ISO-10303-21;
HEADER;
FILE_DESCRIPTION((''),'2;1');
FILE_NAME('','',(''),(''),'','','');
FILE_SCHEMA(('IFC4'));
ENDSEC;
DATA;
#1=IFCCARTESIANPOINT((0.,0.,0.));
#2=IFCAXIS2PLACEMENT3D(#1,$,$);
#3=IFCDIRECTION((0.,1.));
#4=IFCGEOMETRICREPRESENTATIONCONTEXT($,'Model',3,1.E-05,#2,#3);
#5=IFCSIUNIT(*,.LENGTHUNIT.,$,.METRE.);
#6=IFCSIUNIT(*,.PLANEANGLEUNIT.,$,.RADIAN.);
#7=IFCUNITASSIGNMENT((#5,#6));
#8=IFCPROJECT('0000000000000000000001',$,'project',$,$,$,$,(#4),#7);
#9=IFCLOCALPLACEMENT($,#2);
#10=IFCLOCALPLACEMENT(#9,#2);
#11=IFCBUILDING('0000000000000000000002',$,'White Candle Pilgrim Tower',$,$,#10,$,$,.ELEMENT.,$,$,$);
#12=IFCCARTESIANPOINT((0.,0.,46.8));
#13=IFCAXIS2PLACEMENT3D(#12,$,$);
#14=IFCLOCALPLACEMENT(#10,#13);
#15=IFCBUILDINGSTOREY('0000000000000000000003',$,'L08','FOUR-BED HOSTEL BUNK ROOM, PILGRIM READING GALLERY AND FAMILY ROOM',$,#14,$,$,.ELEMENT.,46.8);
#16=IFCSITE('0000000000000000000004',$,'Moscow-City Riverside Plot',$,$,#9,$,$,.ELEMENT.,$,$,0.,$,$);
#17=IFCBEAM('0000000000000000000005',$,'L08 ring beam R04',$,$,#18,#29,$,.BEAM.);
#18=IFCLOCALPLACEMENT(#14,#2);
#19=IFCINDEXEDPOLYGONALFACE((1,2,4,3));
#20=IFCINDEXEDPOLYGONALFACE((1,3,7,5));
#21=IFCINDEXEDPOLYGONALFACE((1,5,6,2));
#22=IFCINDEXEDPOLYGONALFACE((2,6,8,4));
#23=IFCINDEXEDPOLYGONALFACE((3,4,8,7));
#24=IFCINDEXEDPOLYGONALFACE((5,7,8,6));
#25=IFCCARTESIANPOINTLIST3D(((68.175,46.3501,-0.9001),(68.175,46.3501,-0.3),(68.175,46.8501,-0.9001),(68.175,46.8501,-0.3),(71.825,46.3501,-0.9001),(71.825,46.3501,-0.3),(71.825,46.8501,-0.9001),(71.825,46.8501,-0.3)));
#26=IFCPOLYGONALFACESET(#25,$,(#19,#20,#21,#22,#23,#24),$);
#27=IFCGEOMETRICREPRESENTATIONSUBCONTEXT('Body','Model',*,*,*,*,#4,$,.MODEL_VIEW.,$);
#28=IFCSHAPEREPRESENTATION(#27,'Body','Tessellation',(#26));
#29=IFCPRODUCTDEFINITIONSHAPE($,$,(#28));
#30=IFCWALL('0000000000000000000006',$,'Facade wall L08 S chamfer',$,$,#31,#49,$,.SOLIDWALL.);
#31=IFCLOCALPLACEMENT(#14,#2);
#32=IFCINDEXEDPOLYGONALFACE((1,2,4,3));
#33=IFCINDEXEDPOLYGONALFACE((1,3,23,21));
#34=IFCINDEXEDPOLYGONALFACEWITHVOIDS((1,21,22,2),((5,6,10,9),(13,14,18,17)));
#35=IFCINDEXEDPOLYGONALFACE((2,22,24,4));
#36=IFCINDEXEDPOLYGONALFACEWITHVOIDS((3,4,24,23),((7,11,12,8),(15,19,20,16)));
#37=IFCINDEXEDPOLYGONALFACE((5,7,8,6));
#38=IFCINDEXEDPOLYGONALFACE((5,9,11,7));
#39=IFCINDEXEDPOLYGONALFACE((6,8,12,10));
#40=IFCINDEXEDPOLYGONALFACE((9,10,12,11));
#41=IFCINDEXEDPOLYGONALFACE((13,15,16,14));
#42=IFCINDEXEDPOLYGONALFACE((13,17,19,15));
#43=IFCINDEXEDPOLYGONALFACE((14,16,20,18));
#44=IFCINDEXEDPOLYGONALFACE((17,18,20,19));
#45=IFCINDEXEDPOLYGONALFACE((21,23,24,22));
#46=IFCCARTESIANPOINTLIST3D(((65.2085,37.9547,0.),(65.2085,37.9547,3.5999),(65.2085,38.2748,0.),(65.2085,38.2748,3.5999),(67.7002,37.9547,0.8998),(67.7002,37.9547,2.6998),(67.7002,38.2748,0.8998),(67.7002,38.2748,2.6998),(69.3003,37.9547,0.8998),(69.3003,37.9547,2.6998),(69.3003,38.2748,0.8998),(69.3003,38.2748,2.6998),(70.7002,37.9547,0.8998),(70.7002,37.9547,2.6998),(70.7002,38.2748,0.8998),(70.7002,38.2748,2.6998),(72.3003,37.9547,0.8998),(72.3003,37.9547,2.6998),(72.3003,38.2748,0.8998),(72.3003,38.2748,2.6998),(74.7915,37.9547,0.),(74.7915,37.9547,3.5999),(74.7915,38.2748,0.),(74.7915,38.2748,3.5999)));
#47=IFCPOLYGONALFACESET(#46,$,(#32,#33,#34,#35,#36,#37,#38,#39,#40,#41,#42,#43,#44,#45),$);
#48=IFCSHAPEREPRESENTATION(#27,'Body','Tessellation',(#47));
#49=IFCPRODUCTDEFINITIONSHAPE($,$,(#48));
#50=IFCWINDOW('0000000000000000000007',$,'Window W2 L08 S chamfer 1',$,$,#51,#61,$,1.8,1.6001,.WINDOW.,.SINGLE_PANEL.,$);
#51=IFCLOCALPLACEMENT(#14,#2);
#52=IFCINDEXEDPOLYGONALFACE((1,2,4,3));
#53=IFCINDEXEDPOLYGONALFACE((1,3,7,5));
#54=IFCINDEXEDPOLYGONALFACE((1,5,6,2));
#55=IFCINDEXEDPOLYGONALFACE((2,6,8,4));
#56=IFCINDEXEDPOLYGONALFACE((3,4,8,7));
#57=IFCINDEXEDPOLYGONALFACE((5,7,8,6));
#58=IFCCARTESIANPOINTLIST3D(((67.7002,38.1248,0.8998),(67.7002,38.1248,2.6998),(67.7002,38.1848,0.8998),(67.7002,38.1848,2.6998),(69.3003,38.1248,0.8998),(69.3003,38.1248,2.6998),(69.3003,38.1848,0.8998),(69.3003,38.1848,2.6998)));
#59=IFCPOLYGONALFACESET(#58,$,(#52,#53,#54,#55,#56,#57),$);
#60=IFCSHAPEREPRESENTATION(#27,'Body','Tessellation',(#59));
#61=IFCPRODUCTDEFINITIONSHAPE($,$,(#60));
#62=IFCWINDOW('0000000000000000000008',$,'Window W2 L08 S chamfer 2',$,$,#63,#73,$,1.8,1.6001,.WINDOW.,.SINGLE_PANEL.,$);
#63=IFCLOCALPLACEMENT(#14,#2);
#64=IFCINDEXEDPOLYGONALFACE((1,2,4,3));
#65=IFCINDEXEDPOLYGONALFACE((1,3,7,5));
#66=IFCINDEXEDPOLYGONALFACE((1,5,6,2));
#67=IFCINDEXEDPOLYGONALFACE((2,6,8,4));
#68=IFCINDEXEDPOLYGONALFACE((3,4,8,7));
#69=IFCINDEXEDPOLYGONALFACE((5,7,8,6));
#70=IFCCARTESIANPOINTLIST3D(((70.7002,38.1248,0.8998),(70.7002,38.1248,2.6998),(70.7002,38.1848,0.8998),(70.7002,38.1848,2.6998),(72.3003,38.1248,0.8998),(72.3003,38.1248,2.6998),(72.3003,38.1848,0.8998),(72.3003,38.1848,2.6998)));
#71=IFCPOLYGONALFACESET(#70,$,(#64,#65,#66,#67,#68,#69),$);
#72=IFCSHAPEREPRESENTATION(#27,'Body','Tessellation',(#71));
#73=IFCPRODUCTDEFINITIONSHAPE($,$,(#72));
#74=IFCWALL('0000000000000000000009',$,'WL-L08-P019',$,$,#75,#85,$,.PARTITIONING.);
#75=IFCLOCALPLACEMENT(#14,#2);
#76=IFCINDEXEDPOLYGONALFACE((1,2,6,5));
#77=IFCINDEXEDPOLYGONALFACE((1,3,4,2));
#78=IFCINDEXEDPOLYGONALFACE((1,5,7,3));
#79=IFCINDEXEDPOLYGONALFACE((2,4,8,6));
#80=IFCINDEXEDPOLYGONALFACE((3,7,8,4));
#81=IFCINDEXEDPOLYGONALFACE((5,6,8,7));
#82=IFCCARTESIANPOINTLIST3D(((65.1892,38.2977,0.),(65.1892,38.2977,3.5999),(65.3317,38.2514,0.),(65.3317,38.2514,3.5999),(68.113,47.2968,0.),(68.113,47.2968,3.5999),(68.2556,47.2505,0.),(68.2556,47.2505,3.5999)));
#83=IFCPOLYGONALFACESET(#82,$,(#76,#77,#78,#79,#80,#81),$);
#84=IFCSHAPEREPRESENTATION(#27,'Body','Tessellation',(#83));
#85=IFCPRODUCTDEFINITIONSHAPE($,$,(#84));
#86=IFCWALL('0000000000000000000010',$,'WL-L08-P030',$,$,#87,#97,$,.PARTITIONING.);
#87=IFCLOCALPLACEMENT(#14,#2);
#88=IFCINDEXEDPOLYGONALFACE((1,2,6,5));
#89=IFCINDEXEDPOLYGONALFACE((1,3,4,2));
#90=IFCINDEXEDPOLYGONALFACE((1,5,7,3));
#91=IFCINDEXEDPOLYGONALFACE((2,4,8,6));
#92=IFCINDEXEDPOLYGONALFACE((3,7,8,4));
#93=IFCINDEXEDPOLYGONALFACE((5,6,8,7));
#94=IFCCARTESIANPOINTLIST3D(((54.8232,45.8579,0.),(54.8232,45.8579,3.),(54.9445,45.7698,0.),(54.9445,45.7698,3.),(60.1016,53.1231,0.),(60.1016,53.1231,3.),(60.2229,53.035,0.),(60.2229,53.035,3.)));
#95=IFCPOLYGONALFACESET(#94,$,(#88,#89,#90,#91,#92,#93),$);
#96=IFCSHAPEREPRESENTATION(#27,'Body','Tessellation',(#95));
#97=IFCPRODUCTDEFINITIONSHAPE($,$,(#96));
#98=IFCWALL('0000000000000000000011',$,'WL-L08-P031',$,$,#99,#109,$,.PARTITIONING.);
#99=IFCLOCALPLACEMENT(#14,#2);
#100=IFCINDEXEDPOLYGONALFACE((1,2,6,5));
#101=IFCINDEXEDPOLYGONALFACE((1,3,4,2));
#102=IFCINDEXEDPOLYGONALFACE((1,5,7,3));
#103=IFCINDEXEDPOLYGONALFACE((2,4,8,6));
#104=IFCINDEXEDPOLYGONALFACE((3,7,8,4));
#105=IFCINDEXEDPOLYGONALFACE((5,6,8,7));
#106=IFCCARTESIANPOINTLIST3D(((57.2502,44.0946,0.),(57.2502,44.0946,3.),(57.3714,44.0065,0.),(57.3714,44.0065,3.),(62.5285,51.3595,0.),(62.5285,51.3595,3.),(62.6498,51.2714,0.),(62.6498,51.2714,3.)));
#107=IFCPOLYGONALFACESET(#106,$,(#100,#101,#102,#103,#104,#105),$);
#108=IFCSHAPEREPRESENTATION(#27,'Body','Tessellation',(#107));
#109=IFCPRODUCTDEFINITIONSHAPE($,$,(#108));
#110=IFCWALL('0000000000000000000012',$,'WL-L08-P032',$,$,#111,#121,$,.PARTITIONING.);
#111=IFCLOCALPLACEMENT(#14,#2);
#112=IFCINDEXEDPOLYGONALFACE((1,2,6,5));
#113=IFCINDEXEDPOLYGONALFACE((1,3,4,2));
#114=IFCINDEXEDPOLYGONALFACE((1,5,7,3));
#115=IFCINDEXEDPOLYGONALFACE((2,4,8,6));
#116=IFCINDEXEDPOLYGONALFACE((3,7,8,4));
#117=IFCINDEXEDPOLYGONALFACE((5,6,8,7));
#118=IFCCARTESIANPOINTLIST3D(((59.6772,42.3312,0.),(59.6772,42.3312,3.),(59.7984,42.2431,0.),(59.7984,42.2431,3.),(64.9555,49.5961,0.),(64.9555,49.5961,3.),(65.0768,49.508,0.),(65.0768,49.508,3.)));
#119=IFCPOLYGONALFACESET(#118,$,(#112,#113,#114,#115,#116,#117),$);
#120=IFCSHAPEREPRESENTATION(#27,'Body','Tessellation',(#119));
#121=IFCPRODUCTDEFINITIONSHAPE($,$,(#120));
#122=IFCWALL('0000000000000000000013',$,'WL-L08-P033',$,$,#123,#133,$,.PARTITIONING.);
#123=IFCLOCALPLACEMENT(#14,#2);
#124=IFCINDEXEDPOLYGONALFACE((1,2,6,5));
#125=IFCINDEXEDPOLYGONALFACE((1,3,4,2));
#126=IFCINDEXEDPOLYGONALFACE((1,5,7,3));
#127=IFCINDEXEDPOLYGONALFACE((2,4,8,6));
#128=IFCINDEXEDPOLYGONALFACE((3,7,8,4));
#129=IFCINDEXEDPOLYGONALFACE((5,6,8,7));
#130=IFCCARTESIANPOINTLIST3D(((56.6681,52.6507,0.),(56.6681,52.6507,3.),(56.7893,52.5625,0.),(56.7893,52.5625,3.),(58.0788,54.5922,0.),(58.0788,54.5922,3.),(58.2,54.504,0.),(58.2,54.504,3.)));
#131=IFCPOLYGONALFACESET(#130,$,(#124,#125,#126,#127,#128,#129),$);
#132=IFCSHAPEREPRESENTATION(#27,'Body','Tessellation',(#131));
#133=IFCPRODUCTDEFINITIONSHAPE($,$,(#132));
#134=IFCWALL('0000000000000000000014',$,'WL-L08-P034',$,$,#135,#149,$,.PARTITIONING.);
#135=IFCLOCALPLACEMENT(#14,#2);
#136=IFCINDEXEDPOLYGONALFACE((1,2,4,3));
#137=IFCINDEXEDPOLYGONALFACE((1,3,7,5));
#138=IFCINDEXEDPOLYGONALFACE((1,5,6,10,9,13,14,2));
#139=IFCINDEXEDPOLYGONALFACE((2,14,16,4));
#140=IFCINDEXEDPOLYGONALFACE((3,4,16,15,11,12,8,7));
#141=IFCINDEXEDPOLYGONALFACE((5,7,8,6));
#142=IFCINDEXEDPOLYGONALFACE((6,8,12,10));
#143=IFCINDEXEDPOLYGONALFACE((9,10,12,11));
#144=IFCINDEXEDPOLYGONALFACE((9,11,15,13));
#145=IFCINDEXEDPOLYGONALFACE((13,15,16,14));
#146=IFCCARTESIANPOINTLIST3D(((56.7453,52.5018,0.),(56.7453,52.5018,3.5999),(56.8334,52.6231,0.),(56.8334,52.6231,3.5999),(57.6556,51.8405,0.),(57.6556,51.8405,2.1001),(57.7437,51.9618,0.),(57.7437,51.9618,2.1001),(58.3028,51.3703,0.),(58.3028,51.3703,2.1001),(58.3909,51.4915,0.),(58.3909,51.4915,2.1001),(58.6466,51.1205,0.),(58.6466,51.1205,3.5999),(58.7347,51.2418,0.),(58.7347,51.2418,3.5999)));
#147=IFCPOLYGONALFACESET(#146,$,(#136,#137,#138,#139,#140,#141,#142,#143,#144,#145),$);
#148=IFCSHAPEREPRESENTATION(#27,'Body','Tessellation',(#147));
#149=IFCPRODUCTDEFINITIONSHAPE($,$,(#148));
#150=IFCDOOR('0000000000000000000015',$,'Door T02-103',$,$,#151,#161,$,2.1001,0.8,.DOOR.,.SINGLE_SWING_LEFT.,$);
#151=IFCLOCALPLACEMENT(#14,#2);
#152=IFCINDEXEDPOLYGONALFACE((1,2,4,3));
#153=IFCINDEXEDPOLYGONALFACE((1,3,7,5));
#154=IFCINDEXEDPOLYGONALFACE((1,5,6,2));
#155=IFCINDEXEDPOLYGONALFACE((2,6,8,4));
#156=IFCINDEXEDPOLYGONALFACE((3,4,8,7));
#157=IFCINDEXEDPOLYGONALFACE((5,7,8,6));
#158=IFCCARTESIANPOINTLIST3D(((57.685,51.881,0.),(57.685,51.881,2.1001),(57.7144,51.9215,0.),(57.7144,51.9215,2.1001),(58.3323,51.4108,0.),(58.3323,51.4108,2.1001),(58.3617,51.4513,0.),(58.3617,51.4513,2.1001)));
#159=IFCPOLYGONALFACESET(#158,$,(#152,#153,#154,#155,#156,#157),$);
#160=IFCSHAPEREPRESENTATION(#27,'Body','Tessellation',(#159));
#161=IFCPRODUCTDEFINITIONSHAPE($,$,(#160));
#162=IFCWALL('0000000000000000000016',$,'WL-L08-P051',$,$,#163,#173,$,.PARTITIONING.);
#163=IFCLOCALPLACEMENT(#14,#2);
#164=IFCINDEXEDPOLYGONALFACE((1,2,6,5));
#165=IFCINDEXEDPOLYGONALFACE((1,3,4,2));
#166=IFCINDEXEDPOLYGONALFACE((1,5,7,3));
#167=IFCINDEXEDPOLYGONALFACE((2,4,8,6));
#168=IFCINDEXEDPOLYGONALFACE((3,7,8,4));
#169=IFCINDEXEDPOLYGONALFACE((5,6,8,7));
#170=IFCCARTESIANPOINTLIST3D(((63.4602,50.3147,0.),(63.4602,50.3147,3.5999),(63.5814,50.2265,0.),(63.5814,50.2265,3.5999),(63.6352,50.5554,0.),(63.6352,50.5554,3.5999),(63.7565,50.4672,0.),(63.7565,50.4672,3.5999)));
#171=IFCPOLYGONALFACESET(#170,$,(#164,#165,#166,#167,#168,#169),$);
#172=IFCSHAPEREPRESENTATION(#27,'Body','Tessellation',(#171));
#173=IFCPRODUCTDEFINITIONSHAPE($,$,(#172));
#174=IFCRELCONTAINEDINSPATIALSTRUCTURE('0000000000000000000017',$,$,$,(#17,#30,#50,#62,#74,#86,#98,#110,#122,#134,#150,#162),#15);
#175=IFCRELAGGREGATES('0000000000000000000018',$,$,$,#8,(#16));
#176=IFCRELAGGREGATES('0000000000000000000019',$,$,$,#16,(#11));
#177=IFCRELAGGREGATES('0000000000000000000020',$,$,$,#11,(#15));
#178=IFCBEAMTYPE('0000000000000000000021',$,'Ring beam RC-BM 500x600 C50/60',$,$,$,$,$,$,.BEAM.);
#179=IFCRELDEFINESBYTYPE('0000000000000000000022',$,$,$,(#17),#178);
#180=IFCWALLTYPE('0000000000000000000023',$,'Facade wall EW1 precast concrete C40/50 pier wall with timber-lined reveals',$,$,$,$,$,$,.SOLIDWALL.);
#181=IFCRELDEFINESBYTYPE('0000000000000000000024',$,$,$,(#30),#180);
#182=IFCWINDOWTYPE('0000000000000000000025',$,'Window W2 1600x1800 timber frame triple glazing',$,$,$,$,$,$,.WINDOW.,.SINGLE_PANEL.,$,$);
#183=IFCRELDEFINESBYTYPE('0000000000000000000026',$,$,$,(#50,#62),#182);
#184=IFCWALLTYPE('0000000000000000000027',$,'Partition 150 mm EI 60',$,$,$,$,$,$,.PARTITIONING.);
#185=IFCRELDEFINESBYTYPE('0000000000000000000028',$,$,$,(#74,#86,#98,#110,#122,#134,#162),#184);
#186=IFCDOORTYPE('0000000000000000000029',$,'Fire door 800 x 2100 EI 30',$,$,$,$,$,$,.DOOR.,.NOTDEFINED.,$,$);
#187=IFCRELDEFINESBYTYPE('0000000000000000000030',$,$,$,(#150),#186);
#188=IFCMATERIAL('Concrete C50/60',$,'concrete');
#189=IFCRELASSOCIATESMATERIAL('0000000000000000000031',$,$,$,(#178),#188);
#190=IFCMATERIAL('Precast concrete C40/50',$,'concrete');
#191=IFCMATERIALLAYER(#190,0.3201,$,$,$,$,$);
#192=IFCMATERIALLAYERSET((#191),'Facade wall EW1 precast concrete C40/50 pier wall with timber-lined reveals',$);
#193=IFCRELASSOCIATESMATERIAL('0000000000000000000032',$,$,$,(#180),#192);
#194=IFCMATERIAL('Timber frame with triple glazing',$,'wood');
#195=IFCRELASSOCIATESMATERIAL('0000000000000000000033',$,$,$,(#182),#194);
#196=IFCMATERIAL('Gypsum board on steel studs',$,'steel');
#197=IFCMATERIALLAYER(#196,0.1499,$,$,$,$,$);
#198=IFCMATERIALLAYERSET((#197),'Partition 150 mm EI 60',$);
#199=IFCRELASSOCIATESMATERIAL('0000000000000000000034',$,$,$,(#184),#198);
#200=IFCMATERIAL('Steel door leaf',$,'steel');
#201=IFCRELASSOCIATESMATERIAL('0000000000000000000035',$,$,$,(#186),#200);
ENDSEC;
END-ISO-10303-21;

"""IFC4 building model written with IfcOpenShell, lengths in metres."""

from ifc_helpers import new_model, si_unit, direction, frame, frame_2d, origin, origin_2d, place, context, subcontext, project, spatial, rectangle, extrude, material, layer, layer_set, material_profile, profile_set, type_object, element, fill, save


model = new_model("IFC4")

# Units and contexts
model_context = context("Model", 3, precision=1e-05, world=origin(), true_north=direction((0.0, 1.0)))
body_context = subcontext(model_context, "Body", "Model", "MODEL_VIEW")
ifc_project = project(units=[si_unit("LENGTHUNIT", "METRE"), si_unit("PLANEANGLEUNIT", "RADIAN")], contexts=[model_context])

# Site, building, storey
site_placement = place(None, origin())
site = spatial("IfcSite", under=ifc_project, at=site_placement, Name="Moscow-City Riverside Plot", CompositionType="ELEMENT", RefElevation=0.0)
building_placement = place(site_placement, origin())
building = spatial("IfcBuilding", under=site, at=building_placement, Name="White Candle Pilgrim Tower", CompositionType="ELEMENT")
storey_placement = place(building_placement, frame((0.0, 0.0, 46.8)))
storey = spatial("IfcBuildingStorey", under=building, at=storey_placement, Name="L08", Description="FOUR-BED HOSTEL BUNK ROOM, PILGRIM READING GALLERY AND FAMILY ROOM", CompositionType="ELEMENT", Elevation=46.8)

# Beam
ifc_material_1 = material(Name="Concrete C50/60", Category="concrete")
ifc_material_profile_1 = material_profile(ifc_material_1, rectangle(XDim=0.5, YDim=0.6001, at=origin_2d()), Name="RC-BM 500x600")
ifc_profile_set_1 = profile_set([ifc_material_profile_1], Name="Concrete C50/60")
beam_type = type_object("IfcBeamType", Name="Ring beam RC-BM 500x600 C50/60", PredefinedType="BEAM", material=ifc_profile_set_1)
beam_1_placement = place(storey_placement, frame((68.175, 46.6001, -0.6001), z_axis=(1.0, 0.0, 0.0), x_axis=(0.0, 1.0, 0.0)))
element("IfcBeam", 1, at=beam_1_placement, inside=storey, type_object=beam_type, Name="L08 ring beam R04", PredefinedType="BEAM", context=body_context, shape_type="SweptSolid", body=[
    extrude(rectangle(XDim=0.5, YDim=0.6001, at=origin_2d()), origin(), (0.0, 0.0, 1.0), 3.6499),
])

# Wall, openings, windows
ifc_material_2 = material(Name="Precast concrete C40/50", Category="concrete")
ifc_layer_1 = layer(ifc_material_2, 0.3201)
ifc_layer_set_1 = layer_set([ifc_layer_1], Name="Facade wall EW1 precast concrete C40/50 pier wall with timber-lined reveals")
wall_type_1 = type_object("IfcWallType", Name="Facade wall EW1 precast concrete C40/50 pier wall with timber-lined reveals", PredefinedType="SOLIDWALL", material=ifc_layer_set_1)
wall_1_placement = place(storey_placement, frame((65.2085, 38.1147, 0.0), z_axis=(0.0, 0.0, 1.0), x_axis=(1.0, 0.0, 0.0)))
wall_1 = element("IfcWall", 2, at=wall_1_placement, inside=storey, type_object=wall_type_1, Name="Facade wall L08 S chamfer", PredefinedType="SOLIDWALL", context=body_context, shape_type="SweptSolid", body=[
    extrude(rectangle(XDim=9.583, YDim=0.3201, at=frame_2d((4.7915, 0.0))), origin(), (0.0, 0.0, 1.0), 3.5999),
])
opening_1_placement = place(wall_1_placement, frame((2.4917, 0.0, 0.8999)))
opening_1 = element("IfcOpeningElement", 3, at=opening_1_placement, cuts=wall_1, PredefinedType="OPENING", context=body_context, shape_type="SweptSolid", body=[
    extrude(rectangle(XDim=1.6001, YDim=1.8, at=frame_2d((0.8, 0.8999))), frame((0.0, 0.1699, 0.0), z_axis=(0.0, -1.0, 0.0), x_axis=(1.0, 0.0, 0.0)), (0.0, 0.0, 1.0), 0.3401),
])
opening_2_placement = place(wall_1_placement, frame((5.4917, 0.0, 0.8999)))
opening_2 = element("IfcOpeningElement", 4, at=opening_2_placement, cuts=wall_1, PredefinedType="OPENING", context=body_context, shape_type="SweptSolid", body=[
    extrude(rectangle(XDim=1.6001, YDim=1.8, at=frame_2d((0.8, 0.8999))), frame((0.0, 0.1699, 0.0), z_axis=(0.0, -1.0, 0.0), x_axis=(1.0, 0.0, 0.0)), (0.0, 0.0, 1.0), 0.3401),
])
ifc_material_3 = material(Name="Timber frame with triple glazing", Category="wood")
window_type = type_object("IfcWindowType", Name="Window W2 1600x1800 timber frame triple glazing", PartitioningType="SINGLE_PANEL", PredefinedType="WINDOW", material=ifc_material_3)
window_1_placement = place(opening_1_placement, origin())
window_1 = element("IfcWindow", 5, at=window_1_placement, inside=storey, type_object=window_type, Name="Window W2 L08 S chamfer 1", OverallHeight=1.8, OverallWidth=1.6001, PartitioningType="SINGLE_PANEL", PredefinedType="WINDOW", context=body_context, shape_type="SweptSolid", body=[
    extrude(rectangle(XDim=1.6001, YDim=1.8, at=frame_2d((0.8, 0.8999))), frame((0.0, 0.0701, 0.0), z_axis=(0.0, -1.0, 0.0), x_axis=(1.0, 0.0, 0.0)), (0.0, 0.0, 1.0), 0.0601),
])
fill(opening_1, window_1)
window_2_placement = place(opening_2_placement, origin())
window_2 = element("IfcWindow", 6, at=window_2_placement, inside=storey, type_object=window_type, Name="Window W2 L08 S chamfer 2", OverallHeight=1.8, OverallWidth=1.6001, PartitioningType="SINGLE_PANEL", PredefinedType="WINDOW", context=body_context, shape_type="SweptSolid", body=[
    extrude(rectangle(XDim=1.6001, YDim=1.8, at=frame_2d((0.8, 0.8999))), frame((0.0, 0.0701, 0.0), z_axis=(0.0, -1.0, 0.0), x_axis=(1.0, 0.0, 0.0)), (0.0, 0.0, 1.0), 0.0601),
])
fill(opening_2, window_2)

# Walls
ifc_material_4 = material(Name="Gypsum board on steel studs", Category="steel")
ifc_layer_2 = layer(ifc_material_4, 0.1499)
ifc_layer_set_2 = layer_set([ifc_layer_2], Name="Partition 150 mm EI 60")
wall_type_2 = type_object("IfcWallType", Name="Partition 150 mm EI 60", PredefinedType="PARTITIONING", material=ifc_layer_set_2)
wall_2_placement = place(storey_placement, frame((65.2605, 38.2747, 0.0), z_axis=(0.0, 0.0, 1.0), x_axis=(0.309004, 0.951061, 0.0)))
element("IfcWall", 7, at=wall_2_placement, inside=storey, type_object=wall_type_2, Name="WL-L08-P019", PredefinedType="PARTITIONING", context=body_context, shape_type="SweptSolid", body=[
    extrude(rectangle(XDim=9.4622, YDim=0.1499, at=frame_2d((4.731, 0.0))), origin(), (0.0, 0.0, 1.0), 3.5999),
])
wall_3_placement = place(storey_placement, frame((54.8838, 45.8137, 0.0), z_axis=(0.0, 0.0, 1.0), x_axis=(0.587777, 0.809023, 0.0)))
element("IfcWall", 8, at=wall_3_placement, inside=storey, type_object=wall_type_2, Name="WL-L08-P030", PredefinedType="PARTITIONING", context=body_context, shape_type="SweptSolid", body=[
    extrude(rectangle(XDim=8.9802, YDim=0.1499, at=frame_2d((4.4902, 0.0))), origin(), (0.0, 0.0, 1.0), 3.0),
])
for number, where, z_axis, x_axis, name in (
    (9, (57.3108, 44.0505, 0.0), (0.0, 0.0, 1.0), (0.58779, 0.809013, 0.0), "WL-L08-P031"),
    (10, (59.7378, 42.2871, 0.0), (0.0, 0.0, 1.0), (0.58779, 0.809013, 0.0), "WL-L08-P032"),
):
    element("IfcWall", number, at=place(storey_placement, frame(where, z_axis=z_axis, x_axis=x_axis)), inside=storey, type_object=wall_type_2, Name=name, PredefinedType="PARTITIONING", context=body_context, shape_type="SweptSolid", body=[
        extrude(rectangle(XDim=8.98, YDim=0.1499, at=frame_2d((4.49, 0.0))), origin(), (0.0, 0.0, 1.0), 3.0),
    ])
wall_4_placement = place(storey_placement, frame((58.1394, 54.5481, 0.0), z_axis=(0.0, 0.0, 1.0), x_axis=(-0.587821, -0.808991, 0.0)))
element("IfcWall", 11, at=wall_4_placement, inside=storey, type_object=wall_type_2, Name="WL-L08-P033", PredefinedType="PARTITIONING", context=body_context, shape_type="SweptSolid", body=[
    extrude(rectangle(XDim=2.3999, YDim=0.1499, at=frame_2d((1.2, 0.0))), origin(), (0.0, 0.0, 1.0), 3.0),
])

# Wall, opening, door
wall_5_placement = place(storey_placement, frame((58.6907, 51.1812, 0.0), z_axis=(0.0, 0.0, 1.0), x_axis=(-0.809032, 0.587764, 0.0)))
wall_5 = element("IfcWall", 12, at=wall_5_placement, inside=storey, type_object=wall_type_2, Name="WL-L08-P034", PredefinedType="PARTITIONING", context=body_context, shape_type="SweptSolid", body=[
    extrude(rectangle(XDim=2.3501, YDim=0.1499, at=frame_2d((1.175, 0.0))), origin(), (0.0, 0.0, 1.0), 3.5999),
])
opening_3_placement = place(wall_5_placement, frame((0.425, 0.0, 0.0)))
opening_3 = element("IfcOpeningElement", 13, at=opening_3_placement, cuts=wall_5, PredefinedType="OPENING", context=body_context, shape_type="SweptSolid", body=[
    extrude(rectangle(XDim=0.8, YDim=2.1001, at=frame_2d((0.3999, 1.05))), frame((0.0, 0.085, 0.0), z_axis=(0.0, -1.0, 0.0), x_axis=(1.0, 0.0, 0.0)), (0.0, 0.0, 1.0), 0.1699),
])
ifc_material_5 = material(Name="Steel door leaf", Category="steel")
door_type = type_object("IfcDoorType", Name="Fire door 800 x 2100 EI 30", OperationType="NOTDEFINED", PredefinedType="DOOR", material=ifc_material_5)
door_placement = place(opening_3_placement, origin())
door = element("IfcDoor", 14, at=door_placement, inside=storey, type_object=door_type, Name="Door T02-103", OperationType="SINGLE_SWING_LEFT", OverallHeight=2.1001, OverallWidth=0.8, PredefinedType="DOOR", context=body_context, shape_type="SweptSolid", body=[
    extrude(rectangle(XDim=0.8, YDim=2.1001, at=frame_2d((0.3999, 1.05))), frame((0.0, 0.0249, 0.0), z_axis=(0.0, -1.0, 0.0), x_axis=(1.0, 0.0, 0.0)), (0.0, 0.0, 1.0), 0.05),
])
fill(opening_3, door)

# Wall
wall_6_placement = place(storey_placement, frame((63.5208, 50.2705, 0.0), z_axis=(0.0, 0.0, 1.0), x_axis=(0.588123, 0.808772, 0.0)))
element("IfcWall", 15, at=wall_6_placement, inside=storey, type_object=wall_type_2, Name="WL-L08-P051", PredefinedType="PARTITIONING", context=body_context, shape_type="SweptSolid", body=[
    extrude(rectangle(XDim=0.2976, YDim=0.1499, at=frame_2d((0.1489, 0.0))), origin(), (0.0, 0.0, 1.0), 3.5999),
])

save(model, "model.ifc")
